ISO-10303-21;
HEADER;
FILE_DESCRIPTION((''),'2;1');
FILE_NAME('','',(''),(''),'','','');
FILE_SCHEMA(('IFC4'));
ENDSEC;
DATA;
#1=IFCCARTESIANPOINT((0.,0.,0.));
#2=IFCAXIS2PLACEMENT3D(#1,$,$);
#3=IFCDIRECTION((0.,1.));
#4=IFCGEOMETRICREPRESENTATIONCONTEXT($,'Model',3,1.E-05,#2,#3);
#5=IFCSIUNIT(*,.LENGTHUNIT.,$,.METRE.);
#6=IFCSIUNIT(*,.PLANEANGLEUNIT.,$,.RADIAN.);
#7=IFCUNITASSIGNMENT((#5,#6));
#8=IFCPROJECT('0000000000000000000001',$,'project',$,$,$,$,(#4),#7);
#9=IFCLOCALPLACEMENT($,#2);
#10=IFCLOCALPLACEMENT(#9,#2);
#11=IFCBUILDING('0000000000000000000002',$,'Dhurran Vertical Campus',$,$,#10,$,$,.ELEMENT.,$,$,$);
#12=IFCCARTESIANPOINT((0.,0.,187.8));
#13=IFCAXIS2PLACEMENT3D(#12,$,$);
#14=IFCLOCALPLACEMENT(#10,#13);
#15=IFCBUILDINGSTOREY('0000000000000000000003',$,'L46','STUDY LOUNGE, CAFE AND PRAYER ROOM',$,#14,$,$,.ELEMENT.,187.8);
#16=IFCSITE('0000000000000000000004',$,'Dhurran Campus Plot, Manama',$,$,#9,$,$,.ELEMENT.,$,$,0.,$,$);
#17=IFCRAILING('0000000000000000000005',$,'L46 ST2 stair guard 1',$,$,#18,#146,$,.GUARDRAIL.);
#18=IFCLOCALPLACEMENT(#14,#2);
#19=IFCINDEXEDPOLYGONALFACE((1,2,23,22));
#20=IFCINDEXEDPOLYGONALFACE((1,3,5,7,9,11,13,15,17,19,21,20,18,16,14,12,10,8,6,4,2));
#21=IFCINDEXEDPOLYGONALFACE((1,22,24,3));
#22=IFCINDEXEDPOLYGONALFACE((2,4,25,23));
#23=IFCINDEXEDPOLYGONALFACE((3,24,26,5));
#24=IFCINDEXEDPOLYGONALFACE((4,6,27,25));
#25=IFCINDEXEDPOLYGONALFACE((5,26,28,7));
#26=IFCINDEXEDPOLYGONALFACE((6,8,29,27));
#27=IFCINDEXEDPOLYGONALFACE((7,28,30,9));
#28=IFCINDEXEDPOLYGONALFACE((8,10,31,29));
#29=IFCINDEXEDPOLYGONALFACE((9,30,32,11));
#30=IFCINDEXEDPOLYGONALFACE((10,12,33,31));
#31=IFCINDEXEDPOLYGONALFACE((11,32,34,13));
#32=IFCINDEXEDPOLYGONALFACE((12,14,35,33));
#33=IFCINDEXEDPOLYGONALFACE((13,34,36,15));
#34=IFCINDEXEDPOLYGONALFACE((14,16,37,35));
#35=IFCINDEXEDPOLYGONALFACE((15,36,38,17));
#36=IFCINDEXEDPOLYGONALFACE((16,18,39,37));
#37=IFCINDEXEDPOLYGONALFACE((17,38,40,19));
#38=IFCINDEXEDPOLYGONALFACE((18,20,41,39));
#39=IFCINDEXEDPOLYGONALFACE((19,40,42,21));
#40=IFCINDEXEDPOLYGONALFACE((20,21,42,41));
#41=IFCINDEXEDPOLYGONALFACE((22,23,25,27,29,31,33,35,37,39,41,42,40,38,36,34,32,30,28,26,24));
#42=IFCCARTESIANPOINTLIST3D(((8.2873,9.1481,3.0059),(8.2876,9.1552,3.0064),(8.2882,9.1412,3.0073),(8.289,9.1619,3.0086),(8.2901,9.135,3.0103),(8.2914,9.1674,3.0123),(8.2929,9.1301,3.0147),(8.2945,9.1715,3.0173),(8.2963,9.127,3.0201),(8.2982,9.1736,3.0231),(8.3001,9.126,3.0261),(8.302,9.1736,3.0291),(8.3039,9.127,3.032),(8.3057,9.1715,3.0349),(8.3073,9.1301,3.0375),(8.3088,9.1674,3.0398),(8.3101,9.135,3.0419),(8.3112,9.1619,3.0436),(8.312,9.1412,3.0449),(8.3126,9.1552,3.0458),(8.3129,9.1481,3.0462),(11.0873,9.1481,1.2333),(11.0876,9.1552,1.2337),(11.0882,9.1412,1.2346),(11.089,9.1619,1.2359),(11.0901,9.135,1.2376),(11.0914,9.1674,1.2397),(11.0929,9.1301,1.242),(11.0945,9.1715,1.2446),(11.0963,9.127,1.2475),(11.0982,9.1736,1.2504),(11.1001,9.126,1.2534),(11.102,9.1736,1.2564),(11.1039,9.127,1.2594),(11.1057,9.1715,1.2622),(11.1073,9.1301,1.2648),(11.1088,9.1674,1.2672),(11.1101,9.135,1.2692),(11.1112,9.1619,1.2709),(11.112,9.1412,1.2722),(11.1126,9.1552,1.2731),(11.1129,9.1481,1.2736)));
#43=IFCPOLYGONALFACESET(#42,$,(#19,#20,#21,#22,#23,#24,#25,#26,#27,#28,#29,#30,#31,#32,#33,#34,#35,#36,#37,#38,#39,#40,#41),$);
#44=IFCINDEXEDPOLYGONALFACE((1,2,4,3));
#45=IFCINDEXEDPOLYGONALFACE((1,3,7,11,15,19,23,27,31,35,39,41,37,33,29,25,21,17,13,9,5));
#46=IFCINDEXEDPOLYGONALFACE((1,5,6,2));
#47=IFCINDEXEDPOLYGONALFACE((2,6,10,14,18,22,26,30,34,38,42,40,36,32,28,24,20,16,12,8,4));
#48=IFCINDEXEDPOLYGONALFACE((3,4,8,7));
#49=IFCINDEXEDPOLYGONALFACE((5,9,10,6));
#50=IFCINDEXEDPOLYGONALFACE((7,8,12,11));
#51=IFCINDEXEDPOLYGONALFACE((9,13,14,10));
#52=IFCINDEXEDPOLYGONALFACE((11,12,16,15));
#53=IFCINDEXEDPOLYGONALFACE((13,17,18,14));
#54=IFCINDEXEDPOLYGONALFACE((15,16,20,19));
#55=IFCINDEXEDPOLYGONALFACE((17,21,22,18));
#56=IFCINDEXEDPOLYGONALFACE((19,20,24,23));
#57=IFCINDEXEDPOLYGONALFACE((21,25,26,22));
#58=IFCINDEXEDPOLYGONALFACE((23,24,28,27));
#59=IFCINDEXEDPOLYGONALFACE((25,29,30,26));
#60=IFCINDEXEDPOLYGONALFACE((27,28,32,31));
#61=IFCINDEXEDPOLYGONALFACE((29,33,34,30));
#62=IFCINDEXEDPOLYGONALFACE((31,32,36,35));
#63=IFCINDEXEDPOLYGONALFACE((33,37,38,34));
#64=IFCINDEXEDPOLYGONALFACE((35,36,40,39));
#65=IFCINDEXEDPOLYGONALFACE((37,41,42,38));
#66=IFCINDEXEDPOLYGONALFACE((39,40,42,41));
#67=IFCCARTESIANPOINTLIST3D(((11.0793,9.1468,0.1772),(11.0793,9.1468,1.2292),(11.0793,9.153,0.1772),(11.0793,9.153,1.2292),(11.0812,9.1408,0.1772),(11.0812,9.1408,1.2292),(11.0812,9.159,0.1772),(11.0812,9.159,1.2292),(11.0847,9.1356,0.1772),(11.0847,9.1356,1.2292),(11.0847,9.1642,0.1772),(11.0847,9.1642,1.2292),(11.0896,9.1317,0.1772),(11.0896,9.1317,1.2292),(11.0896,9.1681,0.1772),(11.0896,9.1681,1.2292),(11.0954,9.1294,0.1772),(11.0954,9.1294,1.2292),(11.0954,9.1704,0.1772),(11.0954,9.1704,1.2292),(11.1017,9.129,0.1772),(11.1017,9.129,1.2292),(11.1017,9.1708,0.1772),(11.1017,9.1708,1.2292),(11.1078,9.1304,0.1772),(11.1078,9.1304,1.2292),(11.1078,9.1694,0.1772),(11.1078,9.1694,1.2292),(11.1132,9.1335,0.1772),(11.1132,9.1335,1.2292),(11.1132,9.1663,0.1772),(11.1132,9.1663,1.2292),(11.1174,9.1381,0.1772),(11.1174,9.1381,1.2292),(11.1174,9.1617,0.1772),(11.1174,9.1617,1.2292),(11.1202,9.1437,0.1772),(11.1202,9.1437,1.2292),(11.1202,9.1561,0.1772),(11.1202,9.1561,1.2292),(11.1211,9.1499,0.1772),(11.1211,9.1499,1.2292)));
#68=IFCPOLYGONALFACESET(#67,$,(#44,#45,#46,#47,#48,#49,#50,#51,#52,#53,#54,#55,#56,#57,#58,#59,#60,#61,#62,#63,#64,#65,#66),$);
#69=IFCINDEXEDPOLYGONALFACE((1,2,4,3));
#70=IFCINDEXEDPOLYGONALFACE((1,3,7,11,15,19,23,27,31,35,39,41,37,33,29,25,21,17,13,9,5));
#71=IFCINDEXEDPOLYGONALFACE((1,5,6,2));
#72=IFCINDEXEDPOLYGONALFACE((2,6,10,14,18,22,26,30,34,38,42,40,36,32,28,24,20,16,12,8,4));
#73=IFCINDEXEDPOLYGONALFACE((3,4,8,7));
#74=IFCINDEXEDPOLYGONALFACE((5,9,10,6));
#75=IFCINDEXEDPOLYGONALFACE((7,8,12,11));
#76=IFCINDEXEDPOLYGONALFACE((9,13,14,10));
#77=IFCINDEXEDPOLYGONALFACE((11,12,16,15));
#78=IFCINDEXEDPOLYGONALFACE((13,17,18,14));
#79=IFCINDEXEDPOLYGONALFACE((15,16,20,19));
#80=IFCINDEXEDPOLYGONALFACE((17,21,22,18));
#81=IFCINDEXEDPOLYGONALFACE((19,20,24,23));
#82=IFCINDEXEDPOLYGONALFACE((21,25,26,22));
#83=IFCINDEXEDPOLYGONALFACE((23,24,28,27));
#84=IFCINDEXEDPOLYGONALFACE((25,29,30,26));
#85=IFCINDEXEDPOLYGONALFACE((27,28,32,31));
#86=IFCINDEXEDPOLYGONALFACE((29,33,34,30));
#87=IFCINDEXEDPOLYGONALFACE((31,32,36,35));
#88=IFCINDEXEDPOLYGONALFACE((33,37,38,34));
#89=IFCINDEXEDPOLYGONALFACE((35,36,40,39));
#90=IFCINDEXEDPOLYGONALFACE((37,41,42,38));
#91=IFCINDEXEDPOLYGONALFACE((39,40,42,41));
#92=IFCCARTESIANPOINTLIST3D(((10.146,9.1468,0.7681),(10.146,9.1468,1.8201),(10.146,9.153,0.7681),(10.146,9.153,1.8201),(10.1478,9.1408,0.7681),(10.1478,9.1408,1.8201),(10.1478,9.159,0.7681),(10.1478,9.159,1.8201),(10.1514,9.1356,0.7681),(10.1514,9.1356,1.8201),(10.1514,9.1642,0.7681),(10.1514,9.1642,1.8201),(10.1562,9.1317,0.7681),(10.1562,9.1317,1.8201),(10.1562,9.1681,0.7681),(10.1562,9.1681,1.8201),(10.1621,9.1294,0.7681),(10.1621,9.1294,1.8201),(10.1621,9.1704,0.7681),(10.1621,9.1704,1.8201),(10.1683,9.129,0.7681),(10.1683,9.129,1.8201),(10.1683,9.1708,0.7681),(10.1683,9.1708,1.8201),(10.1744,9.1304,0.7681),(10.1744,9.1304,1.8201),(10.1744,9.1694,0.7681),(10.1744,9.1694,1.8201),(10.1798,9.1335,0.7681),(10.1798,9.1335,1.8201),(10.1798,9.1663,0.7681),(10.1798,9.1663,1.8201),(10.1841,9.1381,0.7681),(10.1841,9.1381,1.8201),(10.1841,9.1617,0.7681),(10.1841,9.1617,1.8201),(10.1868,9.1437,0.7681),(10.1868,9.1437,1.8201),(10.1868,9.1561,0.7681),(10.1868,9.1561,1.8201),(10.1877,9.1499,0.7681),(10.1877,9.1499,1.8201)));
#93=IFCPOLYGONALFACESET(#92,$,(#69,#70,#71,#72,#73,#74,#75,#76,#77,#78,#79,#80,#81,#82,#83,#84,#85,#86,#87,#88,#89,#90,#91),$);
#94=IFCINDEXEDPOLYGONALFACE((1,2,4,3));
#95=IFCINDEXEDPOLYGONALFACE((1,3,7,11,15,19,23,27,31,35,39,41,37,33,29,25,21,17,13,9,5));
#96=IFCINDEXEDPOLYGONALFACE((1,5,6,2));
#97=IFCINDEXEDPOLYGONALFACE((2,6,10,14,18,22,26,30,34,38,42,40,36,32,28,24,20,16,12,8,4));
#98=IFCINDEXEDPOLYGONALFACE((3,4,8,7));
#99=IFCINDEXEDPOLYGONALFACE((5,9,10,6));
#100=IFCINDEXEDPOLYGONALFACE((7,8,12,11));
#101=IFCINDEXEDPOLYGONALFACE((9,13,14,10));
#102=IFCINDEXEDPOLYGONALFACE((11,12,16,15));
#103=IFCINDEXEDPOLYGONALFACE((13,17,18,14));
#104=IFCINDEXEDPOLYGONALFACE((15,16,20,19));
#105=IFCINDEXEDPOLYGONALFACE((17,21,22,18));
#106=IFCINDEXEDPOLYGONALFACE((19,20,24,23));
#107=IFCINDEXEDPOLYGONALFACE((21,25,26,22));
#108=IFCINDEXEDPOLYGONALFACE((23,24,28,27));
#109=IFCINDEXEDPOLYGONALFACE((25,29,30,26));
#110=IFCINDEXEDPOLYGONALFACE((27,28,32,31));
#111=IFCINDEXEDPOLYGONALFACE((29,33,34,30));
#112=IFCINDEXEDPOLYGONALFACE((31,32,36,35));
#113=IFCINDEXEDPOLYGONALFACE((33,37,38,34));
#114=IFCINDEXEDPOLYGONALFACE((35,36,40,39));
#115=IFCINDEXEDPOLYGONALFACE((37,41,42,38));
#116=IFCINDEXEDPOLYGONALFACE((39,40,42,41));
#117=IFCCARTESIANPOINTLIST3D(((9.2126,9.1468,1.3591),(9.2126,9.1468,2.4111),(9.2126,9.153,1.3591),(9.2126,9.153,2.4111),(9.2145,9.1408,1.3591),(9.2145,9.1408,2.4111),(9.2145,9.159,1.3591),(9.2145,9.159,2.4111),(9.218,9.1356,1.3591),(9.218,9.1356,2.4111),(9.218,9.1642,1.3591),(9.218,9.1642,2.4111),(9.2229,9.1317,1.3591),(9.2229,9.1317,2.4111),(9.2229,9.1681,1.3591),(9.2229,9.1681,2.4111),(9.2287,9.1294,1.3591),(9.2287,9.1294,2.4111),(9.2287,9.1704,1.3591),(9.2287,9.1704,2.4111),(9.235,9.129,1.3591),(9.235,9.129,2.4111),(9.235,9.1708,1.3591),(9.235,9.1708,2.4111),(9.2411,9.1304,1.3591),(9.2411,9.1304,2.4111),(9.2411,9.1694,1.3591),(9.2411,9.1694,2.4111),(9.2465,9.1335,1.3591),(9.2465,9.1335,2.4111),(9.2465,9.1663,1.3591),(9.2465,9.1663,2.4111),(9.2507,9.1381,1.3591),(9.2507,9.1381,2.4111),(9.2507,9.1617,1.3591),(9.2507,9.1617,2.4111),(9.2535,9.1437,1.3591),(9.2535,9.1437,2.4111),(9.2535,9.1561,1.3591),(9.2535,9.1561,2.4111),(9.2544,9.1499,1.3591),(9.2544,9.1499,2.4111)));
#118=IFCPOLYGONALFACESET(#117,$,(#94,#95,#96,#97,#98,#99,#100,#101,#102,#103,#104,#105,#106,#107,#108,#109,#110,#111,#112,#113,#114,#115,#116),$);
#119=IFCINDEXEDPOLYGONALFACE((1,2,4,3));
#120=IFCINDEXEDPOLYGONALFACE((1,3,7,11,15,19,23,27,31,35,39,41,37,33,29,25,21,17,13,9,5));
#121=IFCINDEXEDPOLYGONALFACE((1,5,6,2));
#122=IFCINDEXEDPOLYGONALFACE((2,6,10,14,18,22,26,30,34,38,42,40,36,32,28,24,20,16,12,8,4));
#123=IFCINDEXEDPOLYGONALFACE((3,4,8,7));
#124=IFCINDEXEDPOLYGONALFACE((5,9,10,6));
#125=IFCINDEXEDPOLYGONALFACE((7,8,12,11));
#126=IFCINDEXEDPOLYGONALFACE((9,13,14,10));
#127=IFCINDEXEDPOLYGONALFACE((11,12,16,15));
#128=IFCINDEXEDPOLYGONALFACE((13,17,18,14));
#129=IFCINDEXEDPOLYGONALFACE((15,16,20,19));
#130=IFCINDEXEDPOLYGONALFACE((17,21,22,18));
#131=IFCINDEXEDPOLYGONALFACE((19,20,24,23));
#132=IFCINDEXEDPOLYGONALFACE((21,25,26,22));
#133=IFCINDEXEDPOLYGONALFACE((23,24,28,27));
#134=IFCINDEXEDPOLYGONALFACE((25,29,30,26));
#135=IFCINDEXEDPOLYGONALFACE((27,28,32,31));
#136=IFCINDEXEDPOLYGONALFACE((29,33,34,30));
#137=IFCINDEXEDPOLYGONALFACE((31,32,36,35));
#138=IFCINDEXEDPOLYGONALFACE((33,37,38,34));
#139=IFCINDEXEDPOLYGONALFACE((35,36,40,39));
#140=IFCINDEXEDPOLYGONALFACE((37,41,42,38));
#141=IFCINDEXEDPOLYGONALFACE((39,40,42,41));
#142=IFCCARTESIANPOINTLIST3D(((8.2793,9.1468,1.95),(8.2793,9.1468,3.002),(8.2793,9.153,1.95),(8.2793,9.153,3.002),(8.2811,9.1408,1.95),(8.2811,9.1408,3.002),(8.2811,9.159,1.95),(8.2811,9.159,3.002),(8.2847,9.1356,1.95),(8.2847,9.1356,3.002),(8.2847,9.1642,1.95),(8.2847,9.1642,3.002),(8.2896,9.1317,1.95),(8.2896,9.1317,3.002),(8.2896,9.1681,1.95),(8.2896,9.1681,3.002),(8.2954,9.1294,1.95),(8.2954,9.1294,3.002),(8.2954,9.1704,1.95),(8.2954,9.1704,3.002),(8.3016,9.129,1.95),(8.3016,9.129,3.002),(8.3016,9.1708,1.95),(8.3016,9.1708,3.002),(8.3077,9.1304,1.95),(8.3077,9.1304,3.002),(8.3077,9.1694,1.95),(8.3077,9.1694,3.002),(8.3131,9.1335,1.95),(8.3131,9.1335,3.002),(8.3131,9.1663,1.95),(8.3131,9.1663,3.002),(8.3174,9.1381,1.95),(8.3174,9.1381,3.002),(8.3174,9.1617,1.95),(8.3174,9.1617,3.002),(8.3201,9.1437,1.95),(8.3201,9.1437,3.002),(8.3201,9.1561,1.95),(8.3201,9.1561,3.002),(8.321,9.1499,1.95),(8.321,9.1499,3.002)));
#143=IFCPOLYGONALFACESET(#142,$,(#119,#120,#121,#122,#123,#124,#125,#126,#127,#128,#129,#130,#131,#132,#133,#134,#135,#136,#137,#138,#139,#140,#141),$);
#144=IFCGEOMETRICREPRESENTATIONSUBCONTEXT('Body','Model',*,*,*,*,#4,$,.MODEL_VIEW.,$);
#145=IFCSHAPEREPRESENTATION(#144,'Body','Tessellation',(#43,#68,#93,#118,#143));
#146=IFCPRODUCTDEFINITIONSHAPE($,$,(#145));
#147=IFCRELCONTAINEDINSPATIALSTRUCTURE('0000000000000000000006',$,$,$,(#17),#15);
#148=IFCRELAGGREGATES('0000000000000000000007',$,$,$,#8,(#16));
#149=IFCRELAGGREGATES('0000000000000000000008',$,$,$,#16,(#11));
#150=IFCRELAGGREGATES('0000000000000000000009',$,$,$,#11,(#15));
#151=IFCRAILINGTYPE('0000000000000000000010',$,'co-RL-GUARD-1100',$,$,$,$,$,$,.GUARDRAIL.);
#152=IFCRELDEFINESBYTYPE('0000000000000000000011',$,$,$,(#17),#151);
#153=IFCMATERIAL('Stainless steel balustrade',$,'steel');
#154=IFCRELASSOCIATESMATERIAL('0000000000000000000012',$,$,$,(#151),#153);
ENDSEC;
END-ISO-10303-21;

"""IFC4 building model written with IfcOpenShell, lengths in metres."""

from ifc_helpers import new_model, si_unit, direction, frame, origin, origin_2d, place, context, subcontext, project, spatial, circle, extrude, material, type_object, element, save


model = new_model("IFC4")

# Units and contexts
model_context = context("Model", 3, precision=1e-05, world=origin(), true_north=direction((0.0, 1.0)))
body_context = subcontext(model_context, "Body", "Model", "MODEL_VIEW")
ifc_project = project(units=[si_unit("LENGTHUNIT", "METRE"), si_unit("PLANEANGLEUNIT", "RADIAN")], contexts=[model_context])

# Site, building, storey
site_placement = place(None, origin())
site = spatial("IfcSite", under=ifc_project, at=site_placement, Name="Dhurran Campus Plot, Manama", CompositionType="ELEMENT", RefElevation=0.0)
building_placement = place(site_placement, origin())
building = spatial("IfcBuilding", under=site, at=building_placement, Name="Dhurran Vertical Campus", CompositionType="ELEMENT")
storey_placement = place(building_placement, frame((0.0, 0.0, 187.8)))
storey = spatial("IfcBuildingStorey", under=building, at=storey_placement, Name="L46", Description="STUDY LOUNGE, CAFE AND PRAYER ROOM", CompositionType="ELEMENT", Elevation=187.8)

# Railing
ifc_material_1 = material(Name="Stainless steel balustrade", Category="steel")
railing_type_1 = type_object("IfcRailingType", Name="co-RL-GUARD-1100", PredefinedType="GUARDRAIL", material=ifc_material_1)
railing_1_placement = place(storey_placement, frame((11.1001, 9.1499, 0.1772)))
element("IfcRailing", 1, at=railing_1_placement, inside=storey, type_object=railing_type_1, Name="L46 ST2 stair guard 1", PredefinedType="GUARDRAIL", context=body_context, shape_type="SweptSolid", body=[
    extrude(circle(Radius=0.0239, at=origin_2d()), frame((0.0, 0.0, 1.0762), z_axis=(-0.844909, 0.0, 0.53491), x_axis=(0.0, -1.0, 0.0)), (0.0, 0.0, 1.0), 3.314),
    extrude(circle(Radius=0.021, at=origin_2d()), origin(), (0.0, 0.0, 1.0), 1.052),
    extrude(circle(Radius=0.021, at=origin_2d()), frame((-0.9333, 0.0, 0.5908)), (0.0, 0.0, 1.0), 1.052),
    extrude(circle(Radius=0.021, at=origin_2d()), frame((-1.8667, 0.0, 1.1819)), (0.0, 0.0, 1.0), 1.052),
    extrude(circle(Radius=0.021, at=origin_2d()), frame((-2.8, 0.0, 1.7727)), (0.0, 0.0, 1.0), 1.052),
])

save(model, "model.ifc")
